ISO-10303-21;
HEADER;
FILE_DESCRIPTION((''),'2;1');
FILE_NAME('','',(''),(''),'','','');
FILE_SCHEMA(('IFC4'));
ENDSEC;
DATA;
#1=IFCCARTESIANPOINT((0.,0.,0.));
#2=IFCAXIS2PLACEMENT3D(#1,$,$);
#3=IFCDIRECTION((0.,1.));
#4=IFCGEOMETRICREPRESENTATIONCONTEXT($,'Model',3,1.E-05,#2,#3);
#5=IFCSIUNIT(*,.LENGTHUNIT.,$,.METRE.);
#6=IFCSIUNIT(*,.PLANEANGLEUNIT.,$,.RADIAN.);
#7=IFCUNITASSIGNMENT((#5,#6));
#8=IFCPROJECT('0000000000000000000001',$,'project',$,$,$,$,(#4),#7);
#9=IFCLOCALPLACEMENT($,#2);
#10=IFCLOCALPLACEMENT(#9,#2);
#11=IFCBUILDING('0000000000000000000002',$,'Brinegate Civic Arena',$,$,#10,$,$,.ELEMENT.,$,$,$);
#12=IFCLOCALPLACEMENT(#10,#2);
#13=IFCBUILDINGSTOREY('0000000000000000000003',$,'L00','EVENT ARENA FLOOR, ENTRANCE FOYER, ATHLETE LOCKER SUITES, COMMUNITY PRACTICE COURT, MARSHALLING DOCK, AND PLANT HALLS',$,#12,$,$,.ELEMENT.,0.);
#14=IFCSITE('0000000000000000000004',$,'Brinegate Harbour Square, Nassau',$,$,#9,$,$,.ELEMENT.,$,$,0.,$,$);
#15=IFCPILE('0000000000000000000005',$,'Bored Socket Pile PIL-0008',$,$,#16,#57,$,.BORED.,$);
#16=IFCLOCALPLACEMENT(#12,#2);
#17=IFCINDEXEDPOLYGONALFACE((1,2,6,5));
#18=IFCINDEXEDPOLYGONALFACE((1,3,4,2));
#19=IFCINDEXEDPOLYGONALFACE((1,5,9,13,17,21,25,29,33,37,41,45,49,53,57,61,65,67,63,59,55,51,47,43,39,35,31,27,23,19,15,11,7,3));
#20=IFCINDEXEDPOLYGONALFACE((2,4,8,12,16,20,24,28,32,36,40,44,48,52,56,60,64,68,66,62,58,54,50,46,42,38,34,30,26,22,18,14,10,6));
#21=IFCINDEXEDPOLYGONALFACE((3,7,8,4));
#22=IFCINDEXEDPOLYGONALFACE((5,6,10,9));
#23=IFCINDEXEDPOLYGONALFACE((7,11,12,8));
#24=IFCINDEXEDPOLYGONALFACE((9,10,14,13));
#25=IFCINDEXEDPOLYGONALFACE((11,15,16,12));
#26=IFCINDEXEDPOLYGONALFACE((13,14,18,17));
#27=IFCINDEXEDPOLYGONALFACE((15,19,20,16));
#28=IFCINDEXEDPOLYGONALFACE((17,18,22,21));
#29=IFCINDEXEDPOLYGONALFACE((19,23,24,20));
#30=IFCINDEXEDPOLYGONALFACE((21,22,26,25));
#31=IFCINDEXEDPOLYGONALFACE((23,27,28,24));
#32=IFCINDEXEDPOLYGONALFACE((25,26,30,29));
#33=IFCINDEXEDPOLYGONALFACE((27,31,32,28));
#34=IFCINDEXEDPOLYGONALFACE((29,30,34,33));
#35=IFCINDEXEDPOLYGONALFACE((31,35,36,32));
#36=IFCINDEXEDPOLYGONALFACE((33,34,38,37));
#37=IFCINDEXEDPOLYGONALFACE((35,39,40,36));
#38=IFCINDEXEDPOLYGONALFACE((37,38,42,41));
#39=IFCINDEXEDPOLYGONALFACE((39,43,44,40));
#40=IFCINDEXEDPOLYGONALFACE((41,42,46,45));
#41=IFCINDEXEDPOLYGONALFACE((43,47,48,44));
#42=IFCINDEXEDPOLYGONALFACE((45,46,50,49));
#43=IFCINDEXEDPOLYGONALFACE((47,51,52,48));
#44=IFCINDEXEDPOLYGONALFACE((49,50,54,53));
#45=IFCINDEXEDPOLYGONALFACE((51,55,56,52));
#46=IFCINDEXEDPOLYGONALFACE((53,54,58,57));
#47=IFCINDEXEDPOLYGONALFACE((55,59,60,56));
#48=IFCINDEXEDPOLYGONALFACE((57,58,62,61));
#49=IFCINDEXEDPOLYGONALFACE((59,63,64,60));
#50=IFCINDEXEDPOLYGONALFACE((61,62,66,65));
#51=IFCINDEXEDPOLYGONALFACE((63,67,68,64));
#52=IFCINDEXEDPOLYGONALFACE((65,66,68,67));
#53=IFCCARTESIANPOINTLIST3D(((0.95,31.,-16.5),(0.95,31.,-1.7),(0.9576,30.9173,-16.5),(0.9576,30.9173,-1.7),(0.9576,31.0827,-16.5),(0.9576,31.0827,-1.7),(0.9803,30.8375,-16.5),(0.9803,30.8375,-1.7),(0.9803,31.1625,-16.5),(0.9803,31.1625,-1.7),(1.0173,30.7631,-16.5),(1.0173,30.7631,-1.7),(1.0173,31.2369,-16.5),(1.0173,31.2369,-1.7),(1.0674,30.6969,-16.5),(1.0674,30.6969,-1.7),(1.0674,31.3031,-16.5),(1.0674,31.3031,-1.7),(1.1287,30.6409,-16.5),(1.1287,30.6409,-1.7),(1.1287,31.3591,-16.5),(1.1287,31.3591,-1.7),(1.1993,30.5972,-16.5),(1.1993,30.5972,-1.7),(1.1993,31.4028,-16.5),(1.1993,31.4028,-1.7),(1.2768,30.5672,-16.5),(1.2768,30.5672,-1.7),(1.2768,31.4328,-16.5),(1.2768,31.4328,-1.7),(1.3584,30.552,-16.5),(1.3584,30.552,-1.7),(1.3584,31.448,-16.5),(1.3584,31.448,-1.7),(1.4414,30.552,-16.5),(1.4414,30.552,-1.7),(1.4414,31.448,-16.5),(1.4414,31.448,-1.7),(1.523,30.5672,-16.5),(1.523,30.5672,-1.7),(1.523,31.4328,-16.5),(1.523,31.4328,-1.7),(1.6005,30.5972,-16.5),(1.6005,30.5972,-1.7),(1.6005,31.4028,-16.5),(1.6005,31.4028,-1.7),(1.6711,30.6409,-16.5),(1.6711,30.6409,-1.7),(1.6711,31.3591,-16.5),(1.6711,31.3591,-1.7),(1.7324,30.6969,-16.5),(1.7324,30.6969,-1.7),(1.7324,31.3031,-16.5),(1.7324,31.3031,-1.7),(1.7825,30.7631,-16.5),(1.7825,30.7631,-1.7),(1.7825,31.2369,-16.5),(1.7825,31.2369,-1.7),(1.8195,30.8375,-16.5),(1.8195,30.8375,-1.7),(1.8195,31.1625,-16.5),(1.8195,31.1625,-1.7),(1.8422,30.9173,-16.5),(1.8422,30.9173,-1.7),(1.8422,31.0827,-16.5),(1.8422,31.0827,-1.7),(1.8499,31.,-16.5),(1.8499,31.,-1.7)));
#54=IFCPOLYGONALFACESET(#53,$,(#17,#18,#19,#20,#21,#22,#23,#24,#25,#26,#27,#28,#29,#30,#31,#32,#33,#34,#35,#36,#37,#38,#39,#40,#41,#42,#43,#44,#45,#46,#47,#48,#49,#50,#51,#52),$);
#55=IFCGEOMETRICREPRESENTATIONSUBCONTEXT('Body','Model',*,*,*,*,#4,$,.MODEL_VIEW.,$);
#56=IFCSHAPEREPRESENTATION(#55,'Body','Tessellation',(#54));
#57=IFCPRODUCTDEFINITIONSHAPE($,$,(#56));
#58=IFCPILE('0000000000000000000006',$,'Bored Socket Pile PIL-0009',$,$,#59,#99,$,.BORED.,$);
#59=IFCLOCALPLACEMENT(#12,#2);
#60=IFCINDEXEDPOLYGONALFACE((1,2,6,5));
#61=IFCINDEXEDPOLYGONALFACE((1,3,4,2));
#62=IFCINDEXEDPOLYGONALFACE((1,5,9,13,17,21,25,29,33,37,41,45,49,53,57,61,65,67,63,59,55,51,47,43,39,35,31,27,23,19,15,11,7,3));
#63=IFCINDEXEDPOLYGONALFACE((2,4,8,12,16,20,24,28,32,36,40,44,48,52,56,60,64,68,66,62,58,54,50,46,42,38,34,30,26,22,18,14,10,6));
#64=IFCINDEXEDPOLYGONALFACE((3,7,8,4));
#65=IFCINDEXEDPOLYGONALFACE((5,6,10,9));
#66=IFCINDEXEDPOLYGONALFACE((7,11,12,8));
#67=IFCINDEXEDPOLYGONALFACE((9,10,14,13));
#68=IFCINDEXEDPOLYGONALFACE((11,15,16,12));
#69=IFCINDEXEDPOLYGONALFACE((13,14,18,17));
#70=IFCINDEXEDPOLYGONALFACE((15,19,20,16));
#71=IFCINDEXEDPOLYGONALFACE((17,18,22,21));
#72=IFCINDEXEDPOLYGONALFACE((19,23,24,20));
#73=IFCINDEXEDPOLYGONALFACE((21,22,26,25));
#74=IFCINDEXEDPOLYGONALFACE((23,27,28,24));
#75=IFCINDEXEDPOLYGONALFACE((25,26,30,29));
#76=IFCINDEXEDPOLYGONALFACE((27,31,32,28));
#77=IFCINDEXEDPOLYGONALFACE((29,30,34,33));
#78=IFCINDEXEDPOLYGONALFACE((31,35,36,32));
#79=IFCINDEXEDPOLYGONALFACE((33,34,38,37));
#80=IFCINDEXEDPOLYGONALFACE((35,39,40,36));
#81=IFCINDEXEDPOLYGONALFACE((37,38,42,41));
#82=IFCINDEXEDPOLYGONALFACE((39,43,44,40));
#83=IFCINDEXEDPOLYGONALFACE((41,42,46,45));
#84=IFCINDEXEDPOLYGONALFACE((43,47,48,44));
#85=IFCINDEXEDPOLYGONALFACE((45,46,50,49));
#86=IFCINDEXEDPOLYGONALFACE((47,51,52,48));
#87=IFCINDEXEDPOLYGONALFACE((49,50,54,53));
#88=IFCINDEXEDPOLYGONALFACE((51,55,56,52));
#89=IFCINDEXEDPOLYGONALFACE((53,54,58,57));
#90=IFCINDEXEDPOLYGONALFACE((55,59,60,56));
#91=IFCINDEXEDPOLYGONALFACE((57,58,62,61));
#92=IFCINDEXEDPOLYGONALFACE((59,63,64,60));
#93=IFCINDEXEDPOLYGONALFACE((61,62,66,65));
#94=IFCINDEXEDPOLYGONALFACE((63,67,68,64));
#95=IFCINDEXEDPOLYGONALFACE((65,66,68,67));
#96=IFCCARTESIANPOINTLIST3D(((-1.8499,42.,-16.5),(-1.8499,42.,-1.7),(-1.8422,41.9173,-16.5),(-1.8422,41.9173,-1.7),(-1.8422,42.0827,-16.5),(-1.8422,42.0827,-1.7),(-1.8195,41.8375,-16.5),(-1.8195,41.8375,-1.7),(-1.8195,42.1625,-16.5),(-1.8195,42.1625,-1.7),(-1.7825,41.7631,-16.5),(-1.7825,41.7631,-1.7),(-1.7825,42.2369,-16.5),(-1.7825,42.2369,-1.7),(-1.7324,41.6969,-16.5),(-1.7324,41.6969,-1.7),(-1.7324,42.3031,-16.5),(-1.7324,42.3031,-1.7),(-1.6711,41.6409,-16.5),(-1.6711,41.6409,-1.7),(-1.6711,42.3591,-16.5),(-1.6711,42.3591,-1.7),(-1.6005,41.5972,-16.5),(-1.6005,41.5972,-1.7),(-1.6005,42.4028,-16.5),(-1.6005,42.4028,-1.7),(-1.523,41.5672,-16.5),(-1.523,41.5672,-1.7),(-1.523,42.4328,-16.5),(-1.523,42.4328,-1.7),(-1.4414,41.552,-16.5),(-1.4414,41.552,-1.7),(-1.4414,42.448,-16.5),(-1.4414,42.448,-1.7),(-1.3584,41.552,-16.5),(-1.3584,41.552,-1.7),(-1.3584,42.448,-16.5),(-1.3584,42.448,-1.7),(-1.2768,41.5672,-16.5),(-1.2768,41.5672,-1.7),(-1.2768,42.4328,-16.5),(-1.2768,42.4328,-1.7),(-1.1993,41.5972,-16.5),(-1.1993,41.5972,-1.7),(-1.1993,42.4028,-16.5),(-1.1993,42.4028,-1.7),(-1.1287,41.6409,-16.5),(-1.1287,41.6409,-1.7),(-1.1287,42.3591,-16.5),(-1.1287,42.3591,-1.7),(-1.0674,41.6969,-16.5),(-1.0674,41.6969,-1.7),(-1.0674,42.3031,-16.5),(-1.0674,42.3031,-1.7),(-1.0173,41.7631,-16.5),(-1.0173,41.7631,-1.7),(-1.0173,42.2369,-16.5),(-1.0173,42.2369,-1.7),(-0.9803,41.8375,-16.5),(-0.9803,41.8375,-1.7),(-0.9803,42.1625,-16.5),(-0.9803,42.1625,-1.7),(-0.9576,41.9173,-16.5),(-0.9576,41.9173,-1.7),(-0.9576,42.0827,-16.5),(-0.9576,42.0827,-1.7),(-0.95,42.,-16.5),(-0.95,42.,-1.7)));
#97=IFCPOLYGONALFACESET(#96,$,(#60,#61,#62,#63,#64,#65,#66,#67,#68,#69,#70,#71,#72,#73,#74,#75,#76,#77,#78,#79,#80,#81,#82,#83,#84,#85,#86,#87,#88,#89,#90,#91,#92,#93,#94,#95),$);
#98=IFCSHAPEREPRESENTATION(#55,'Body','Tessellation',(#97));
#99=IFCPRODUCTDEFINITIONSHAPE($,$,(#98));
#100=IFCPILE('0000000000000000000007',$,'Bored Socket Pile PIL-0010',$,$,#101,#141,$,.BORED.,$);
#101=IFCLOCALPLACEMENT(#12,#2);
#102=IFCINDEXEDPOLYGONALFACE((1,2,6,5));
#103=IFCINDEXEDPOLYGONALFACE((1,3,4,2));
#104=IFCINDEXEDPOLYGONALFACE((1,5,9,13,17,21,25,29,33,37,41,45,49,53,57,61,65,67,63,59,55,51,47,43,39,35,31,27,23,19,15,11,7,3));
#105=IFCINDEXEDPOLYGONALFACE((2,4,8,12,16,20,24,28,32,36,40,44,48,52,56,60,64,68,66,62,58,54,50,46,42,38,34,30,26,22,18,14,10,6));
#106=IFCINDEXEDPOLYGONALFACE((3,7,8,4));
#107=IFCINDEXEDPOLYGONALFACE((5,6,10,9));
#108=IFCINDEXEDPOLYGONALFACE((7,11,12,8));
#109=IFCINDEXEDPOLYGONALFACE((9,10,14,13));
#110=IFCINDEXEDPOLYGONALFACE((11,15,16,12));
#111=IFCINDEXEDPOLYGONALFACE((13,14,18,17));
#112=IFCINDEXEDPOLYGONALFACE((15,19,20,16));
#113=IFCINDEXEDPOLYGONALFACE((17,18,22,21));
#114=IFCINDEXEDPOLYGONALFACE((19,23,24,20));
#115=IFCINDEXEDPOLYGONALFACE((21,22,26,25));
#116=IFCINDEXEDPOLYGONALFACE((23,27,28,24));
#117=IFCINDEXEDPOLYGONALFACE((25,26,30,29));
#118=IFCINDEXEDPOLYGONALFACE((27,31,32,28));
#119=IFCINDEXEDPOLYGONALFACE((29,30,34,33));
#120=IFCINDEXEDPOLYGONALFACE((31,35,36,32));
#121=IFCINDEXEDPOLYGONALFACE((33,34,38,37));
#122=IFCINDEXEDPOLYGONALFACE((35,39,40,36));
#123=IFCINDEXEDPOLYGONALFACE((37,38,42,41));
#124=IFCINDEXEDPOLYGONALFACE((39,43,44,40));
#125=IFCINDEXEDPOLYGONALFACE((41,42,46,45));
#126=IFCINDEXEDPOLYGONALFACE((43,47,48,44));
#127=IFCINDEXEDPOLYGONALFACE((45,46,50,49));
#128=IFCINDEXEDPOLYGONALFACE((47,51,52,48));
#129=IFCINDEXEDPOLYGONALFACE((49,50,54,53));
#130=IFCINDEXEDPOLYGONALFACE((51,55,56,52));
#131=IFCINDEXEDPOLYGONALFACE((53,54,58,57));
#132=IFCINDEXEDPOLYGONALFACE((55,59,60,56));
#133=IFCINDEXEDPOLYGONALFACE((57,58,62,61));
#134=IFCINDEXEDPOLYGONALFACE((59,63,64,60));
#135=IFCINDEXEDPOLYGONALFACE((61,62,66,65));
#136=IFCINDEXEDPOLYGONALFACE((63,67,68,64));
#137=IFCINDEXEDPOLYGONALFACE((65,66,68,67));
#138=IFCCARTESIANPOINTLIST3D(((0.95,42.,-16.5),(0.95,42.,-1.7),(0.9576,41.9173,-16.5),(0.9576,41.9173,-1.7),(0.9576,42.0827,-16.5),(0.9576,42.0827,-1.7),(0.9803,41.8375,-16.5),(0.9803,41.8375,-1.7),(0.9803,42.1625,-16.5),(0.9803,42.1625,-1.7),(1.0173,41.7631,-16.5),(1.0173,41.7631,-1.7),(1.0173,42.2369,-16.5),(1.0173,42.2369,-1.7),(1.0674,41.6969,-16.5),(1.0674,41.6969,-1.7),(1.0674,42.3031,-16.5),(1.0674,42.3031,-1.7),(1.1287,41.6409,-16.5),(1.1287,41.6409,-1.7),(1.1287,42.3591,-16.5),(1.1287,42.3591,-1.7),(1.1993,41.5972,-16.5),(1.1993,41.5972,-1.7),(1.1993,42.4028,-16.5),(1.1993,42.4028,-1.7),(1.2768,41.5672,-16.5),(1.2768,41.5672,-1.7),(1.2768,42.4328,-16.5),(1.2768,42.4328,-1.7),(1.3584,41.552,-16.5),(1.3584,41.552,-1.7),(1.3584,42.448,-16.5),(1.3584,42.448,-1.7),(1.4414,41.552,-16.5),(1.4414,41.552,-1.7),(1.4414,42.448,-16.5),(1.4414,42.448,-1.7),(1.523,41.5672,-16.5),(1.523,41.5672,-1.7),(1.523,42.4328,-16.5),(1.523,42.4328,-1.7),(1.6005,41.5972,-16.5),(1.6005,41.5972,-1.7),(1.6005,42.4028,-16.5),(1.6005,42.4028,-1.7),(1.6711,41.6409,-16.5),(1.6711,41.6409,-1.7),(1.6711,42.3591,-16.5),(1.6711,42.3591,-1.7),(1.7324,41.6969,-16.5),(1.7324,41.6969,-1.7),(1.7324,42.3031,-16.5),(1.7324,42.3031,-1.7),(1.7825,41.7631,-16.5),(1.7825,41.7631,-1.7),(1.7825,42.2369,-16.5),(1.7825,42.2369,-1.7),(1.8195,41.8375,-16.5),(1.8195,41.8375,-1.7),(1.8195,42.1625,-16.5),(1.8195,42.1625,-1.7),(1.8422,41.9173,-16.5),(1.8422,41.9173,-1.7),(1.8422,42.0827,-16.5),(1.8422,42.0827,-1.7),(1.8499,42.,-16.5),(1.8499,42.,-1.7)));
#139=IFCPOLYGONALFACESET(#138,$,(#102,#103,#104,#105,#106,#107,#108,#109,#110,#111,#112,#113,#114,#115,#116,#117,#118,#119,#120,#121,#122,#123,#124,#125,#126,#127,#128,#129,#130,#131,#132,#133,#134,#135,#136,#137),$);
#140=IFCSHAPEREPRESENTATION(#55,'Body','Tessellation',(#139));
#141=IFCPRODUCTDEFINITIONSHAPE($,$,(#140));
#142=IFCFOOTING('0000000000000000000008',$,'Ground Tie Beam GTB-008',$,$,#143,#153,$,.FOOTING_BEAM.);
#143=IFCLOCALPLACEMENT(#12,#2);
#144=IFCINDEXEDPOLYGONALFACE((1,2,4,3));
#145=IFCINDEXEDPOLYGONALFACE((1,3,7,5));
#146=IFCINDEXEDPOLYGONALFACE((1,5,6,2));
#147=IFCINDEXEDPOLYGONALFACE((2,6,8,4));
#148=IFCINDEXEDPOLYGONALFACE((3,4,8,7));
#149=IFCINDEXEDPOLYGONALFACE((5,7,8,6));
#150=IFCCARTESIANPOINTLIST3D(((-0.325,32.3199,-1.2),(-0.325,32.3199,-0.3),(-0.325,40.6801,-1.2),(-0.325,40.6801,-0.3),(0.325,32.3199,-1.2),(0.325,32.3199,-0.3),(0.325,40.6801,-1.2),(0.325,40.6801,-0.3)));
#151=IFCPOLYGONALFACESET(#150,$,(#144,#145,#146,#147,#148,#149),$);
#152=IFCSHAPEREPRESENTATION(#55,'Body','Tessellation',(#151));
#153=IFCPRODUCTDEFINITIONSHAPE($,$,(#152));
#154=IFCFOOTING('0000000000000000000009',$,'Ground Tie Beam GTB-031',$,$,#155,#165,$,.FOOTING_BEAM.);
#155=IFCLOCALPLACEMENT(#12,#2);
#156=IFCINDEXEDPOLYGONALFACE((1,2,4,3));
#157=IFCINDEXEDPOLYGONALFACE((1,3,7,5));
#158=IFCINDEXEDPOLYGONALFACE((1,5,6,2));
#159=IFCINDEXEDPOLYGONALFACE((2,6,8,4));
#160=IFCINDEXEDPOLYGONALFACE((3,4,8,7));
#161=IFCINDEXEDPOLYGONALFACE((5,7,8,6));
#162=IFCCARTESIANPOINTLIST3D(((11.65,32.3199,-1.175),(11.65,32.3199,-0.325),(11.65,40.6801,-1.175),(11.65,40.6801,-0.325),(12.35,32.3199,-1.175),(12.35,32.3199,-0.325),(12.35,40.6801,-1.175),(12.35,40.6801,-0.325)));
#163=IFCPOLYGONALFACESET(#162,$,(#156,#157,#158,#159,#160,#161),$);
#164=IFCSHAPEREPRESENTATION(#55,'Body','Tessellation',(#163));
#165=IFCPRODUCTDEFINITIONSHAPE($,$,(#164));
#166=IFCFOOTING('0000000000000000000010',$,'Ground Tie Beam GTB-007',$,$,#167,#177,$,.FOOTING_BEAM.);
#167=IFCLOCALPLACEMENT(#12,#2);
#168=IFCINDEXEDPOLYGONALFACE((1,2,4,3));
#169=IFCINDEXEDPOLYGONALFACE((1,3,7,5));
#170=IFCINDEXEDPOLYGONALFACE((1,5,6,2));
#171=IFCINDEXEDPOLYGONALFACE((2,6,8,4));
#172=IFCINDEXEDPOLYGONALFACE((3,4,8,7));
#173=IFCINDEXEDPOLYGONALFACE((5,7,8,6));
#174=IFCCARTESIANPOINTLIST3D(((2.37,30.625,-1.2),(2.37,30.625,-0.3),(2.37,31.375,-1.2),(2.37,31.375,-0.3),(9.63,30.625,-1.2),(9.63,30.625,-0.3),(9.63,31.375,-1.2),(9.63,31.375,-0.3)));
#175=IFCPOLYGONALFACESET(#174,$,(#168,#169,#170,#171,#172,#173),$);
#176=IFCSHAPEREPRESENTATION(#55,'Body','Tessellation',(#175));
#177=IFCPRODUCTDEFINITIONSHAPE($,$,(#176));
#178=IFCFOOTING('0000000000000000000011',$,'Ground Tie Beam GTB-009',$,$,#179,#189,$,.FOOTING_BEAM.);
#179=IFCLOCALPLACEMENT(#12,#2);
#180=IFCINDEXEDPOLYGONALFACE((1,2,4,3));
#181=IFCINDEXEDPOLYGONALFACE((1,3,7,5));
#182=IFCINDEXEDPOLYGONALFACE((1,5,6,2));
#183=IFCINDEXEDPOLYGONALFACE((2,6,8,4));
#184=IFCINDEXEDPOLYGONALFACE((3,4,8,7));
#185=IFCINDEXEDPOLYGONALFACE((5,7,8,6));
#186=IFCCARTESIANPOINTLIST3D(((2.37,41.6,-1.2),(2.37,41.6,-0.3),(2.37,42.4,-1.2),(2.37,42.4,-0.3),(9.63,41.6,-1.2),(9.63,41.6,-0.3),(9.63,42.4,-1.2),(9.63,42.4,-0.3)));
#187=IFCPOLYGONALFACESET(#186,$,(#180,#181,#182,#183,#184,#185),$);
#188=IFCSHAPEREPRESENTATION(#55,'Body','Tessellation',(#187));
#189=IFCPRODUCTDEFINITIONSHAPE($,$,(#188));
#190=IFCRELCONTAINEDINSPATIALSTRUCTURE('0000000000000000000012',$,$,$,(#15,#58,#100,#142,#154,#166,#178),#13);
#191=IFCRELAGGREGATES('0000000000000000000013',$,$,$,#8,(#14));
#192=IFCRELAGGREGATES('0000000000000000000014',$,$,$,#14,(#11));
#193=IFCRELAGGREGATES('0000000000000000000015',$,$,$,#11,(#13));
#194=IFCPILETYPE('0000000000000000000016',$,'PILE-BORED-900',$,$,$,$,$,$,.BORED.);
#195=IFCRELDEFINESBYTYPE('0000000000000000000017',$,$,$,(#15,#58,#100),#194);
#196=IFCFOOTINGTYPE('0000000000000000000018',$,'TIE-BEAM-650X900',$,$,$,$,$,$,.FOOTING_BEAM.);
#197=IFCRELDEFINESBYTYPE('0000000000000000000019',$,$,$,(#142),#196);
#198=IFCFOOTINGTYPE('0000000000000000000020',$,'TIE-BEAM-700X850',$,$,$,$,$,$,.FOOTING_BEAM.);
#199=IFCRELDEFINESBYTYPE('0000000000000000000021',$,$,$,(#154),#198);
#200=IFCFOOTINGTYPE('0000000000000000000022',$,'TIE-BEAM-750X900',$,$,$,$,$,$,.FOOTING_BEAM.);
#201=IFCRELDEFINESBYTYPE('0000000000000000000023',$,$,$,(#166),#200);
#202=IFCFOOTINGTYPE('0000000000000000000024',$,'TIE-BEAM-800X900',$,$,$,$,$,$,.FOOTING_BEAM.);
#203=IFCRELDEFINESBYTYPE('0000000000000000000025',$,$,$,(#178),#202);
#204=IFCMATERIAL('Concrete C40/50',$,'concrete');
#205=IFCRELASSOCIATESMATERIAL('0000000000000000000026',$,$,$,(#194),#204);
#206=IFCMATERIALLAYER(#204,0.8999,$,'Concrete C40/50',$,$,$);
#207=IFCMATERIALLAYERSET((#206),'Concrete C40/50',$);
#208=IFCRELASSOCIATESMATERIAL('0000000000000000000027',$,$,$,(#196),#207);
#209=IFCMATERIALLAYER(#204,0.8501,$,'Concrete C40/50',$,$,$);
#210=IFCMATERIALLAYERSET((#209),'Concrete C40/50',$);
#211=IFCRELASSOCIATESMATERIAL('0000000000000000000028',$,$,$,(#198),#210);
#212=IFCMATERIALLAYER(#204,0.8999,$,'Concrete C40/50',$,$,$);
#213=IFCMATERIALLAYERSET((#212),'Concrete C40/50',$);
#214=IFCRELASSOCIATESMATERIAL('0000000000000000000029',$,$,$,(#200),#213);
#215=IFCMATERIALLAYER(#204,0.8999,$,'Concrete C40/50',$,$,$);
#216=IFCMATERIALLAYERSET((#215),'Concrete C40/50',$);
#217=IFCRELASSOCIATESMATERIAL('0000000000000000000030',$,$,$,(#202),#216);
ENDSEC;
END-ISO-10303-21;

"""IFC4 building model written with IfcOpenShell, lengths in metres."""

from ifc_helpers import new_model, si_unit, direction, frame, origin, origin_2d, place, context, subcontext, project, spatial, rectangle, circle, extrude, material, layer, layer_set, material_profile, profile_set, type_object, element, save


model = new_model("IFC4")

# Units and contexts
model_context = context("Model", 3, precision=1e-05, world=origin(), true_north=direction((0.0, 1.0)))
body_context = subcontext(model_context, "Body", "Model", "MODEL_VIEW")
ifc_project = project(units=[si_unit("LENGTHUNIT", "METRE"), si_unit("PLANEANGLEUNIT", "RADIAN")], contexts=[model_context])

# Site, building, storey
site_placement = place(None, origin())
site = spatial("IfcSite", under=ifc_project, at=site_placement, Name="Brinegate Harbour Square, Nassau", CompositionType="ELEMENT", RefElevation=0.0)
building_placement = place(site_placement, origin())
building = spatial("IfcBuilding", under=site, at=building_placement, Name="Brinegate Civic Arena", CompositionType="ELEMENT")
storey_placement = place(building_placement, origin())
storey = spatial("IfcBuildingStorey", under=building, at=storey_placement, Name="L00", Description="EVENT ARENA FLOOR, ENTRANCE FOYER, ATHLETE LOCKER SUITES, COMMUNITY PRACTICE COURT, MARSHALLING DOCK, AND PLANT HALLS", CompositionType="ELEMENT", Elevation=0.0)

# Shared definitions
ifc_material_1 = material(Name="Concrete C40/50", Category="concrete")

# Piles
ifc_material_profile_1 = material_profile(ifc_material_1, circle(Radius=0.45, at=origin_2d()), Name="PILED900")
ifc_profile_set_1 = profile_set([ifc_material_profile_1], Name="Concrete C40/50")
pile_type_1 = type_object("IfcPileType", Name="PILE-BORED-900", PredefinedType="BORED", material=ifc_profile_set_1)
for number, where, z_axis, x_axis, name in (
    (1, (1.3999, 31.0, -1.7), (0.0, 0.0, -1.0), (1.0, 0.0, 0.0), "Bored Socket Pile PIL-0008"),
    (2, (-1.3999, 42.0, -1.7), (0.0, 0.0, -1.0), (1.0, 0.0, 0.0), "Bored Socket Pile PIL-0009"),
    (3, (1.3999, 42.0, -1.7), (0.0, 0.0, -1.0), (1.0, 0.0, 0.0), "Bored Socket Pile PIL-0010"),
):
    element("IfcPile", number, at=place(storey_placement, frame(where, z_axis=z_axis, x_axis=x_axis)), inside=storey, type_object=pile_type_1, Name=name, PredefinedType="BORED", context=body_context, shape_type="SweptSolid", body=[
        extrude(circle(Radius=0.45, at=origin_2d()), origin(), (0.0, 0.0, 1.0), 14.8),
    ])

# Footings
ifc_layer_1 = layer(ifc_material_1, 0.8999, Name="Concrete C40/50")
ifc_layer_set_1 = layer_set([ifc_layer_1], Name="Concrete C40/50")
footing_type_1 = type_object("IfcFootingType", Name="TIE-BEAM-650X900", PredefinedType="FOOTING_BEAM", material=ifc_layer_set_1)
footing_1_placement = place(storey_placement, frame((0.0, 36.5, -1.2), z_axis=(0.0, 0.0, 1.0), x_axis=(0.0, 1.0, 0.0)))
element("IfcFooting", 4, at=footing_1_placement, inside=storey, type_object=footing_type_1, Name="Ground Tie Beam GTB-008", PredefinedType="FOOTING_BEAM", context=body_context, shape_type="SweptSolid", body=[
    extrude(rectangle(XDim=8.3601, YDim=0.6499, at=origin_2d()), origin(), (0.0, 0.0, 1.0), 0.8999),
])
ifc_layer_2 = layer(ifc_material_1, 0.8501, Name="Concrete C40/50")
ifc_layer_set_2 = layer_set([ifc_layer_2], Name="Concrete C40/50")
footing_type_2 = type_object("IfcFootingType", Name="TIE-BEAM-700X850", PredefinedType="FOOTING_BEAM", material=ifc_layer_set_2)
footing_2_placement = place(storey_placement, frame((12.0, 36.5, -1.175), z_axis=(0.0, 0.0, 1.0), x_axis=(0.0, 1.0, 0.0)))
element("IfcFooting", 5, at=footing_2_placement, inside=storey, type_object=footing_type_2, Name="Ground Tie Beam GTB-031", PredefinedType="FOOTING_BEAM", context=body_context, shape_type="SweptSolid", body=[
    extrude(rectangle(XDim=8.3601, YDim=0.7, at=origin_2d()), origin(), (0.0, 0.0, 1.0), 0.8501),
])
ifc_layer_3 = layer(ifc_material_1, 0.8999, Name="Concrete C40/50")
ifc_layer_set_3 = layer_set([ifc_layer_3], Name="Concrete C40/50")
footing_type_3 = type_object("IfcFootingType", Name="TIE-BEAM-750X900", PredefinedType="FOOTING_BEAM", material=ifc_layer_set_3)
footing_3_placement = place(storey_placement, frame((6.0, 31.0, -1.2), z_axis=(0.0, 0.0, 1.0), x_axis=(1.0, 0.0, 0.0)))
element("IfcFooting", 6, at=footing_3_placement, inside=storey, type_object=footing_type_3, Name="Ground Tie Beam GTB-007", PredefinedType="FOOTING_BEAM", context=body_context, shape_type="SweptSolid", body=[
    extrude(rectangle(XDim=7.26, YDim=0.75, at=origin_2d()), origin(), (0.0, 0.0, 1.0), 0.8999),
])
ifc_layer_4 = layer(ifc_material_1, 0.8999, Name="Concrete C40/50")
ifc_layer_set_4 = layer_set([ifc_layer_4], Name="Concrete C40/50")
footing_type_4 = type_object("IfcFootingType", Name="TIE-BEAM-800X900", PredefinedType="FOOTING_BEAM", material=ifc_layer_set_4)
footing_4_placement = place(storey_placement, frame((6.0, 42.0, -1.2), z_axis=(0.0, 0.0, 1.0), x_axis=(1.0, 0.0, 0.0)))
element("IfcFooting", 7, at=footing_4_placement, inside=storey, type_object=footing_type_4, Name="Ground Tie Beam GTB-009", PredefinedType="FOOTING_BEAM", context=body_context, shape_type="SweptSolid", body=[
    extrude(rectangle(XDim=7.26, YDim=0.8, at=origin_2d()), origin(), (0.0, 0.0, 1.0), 0.8999),
])

save(model, "model.ifc")
